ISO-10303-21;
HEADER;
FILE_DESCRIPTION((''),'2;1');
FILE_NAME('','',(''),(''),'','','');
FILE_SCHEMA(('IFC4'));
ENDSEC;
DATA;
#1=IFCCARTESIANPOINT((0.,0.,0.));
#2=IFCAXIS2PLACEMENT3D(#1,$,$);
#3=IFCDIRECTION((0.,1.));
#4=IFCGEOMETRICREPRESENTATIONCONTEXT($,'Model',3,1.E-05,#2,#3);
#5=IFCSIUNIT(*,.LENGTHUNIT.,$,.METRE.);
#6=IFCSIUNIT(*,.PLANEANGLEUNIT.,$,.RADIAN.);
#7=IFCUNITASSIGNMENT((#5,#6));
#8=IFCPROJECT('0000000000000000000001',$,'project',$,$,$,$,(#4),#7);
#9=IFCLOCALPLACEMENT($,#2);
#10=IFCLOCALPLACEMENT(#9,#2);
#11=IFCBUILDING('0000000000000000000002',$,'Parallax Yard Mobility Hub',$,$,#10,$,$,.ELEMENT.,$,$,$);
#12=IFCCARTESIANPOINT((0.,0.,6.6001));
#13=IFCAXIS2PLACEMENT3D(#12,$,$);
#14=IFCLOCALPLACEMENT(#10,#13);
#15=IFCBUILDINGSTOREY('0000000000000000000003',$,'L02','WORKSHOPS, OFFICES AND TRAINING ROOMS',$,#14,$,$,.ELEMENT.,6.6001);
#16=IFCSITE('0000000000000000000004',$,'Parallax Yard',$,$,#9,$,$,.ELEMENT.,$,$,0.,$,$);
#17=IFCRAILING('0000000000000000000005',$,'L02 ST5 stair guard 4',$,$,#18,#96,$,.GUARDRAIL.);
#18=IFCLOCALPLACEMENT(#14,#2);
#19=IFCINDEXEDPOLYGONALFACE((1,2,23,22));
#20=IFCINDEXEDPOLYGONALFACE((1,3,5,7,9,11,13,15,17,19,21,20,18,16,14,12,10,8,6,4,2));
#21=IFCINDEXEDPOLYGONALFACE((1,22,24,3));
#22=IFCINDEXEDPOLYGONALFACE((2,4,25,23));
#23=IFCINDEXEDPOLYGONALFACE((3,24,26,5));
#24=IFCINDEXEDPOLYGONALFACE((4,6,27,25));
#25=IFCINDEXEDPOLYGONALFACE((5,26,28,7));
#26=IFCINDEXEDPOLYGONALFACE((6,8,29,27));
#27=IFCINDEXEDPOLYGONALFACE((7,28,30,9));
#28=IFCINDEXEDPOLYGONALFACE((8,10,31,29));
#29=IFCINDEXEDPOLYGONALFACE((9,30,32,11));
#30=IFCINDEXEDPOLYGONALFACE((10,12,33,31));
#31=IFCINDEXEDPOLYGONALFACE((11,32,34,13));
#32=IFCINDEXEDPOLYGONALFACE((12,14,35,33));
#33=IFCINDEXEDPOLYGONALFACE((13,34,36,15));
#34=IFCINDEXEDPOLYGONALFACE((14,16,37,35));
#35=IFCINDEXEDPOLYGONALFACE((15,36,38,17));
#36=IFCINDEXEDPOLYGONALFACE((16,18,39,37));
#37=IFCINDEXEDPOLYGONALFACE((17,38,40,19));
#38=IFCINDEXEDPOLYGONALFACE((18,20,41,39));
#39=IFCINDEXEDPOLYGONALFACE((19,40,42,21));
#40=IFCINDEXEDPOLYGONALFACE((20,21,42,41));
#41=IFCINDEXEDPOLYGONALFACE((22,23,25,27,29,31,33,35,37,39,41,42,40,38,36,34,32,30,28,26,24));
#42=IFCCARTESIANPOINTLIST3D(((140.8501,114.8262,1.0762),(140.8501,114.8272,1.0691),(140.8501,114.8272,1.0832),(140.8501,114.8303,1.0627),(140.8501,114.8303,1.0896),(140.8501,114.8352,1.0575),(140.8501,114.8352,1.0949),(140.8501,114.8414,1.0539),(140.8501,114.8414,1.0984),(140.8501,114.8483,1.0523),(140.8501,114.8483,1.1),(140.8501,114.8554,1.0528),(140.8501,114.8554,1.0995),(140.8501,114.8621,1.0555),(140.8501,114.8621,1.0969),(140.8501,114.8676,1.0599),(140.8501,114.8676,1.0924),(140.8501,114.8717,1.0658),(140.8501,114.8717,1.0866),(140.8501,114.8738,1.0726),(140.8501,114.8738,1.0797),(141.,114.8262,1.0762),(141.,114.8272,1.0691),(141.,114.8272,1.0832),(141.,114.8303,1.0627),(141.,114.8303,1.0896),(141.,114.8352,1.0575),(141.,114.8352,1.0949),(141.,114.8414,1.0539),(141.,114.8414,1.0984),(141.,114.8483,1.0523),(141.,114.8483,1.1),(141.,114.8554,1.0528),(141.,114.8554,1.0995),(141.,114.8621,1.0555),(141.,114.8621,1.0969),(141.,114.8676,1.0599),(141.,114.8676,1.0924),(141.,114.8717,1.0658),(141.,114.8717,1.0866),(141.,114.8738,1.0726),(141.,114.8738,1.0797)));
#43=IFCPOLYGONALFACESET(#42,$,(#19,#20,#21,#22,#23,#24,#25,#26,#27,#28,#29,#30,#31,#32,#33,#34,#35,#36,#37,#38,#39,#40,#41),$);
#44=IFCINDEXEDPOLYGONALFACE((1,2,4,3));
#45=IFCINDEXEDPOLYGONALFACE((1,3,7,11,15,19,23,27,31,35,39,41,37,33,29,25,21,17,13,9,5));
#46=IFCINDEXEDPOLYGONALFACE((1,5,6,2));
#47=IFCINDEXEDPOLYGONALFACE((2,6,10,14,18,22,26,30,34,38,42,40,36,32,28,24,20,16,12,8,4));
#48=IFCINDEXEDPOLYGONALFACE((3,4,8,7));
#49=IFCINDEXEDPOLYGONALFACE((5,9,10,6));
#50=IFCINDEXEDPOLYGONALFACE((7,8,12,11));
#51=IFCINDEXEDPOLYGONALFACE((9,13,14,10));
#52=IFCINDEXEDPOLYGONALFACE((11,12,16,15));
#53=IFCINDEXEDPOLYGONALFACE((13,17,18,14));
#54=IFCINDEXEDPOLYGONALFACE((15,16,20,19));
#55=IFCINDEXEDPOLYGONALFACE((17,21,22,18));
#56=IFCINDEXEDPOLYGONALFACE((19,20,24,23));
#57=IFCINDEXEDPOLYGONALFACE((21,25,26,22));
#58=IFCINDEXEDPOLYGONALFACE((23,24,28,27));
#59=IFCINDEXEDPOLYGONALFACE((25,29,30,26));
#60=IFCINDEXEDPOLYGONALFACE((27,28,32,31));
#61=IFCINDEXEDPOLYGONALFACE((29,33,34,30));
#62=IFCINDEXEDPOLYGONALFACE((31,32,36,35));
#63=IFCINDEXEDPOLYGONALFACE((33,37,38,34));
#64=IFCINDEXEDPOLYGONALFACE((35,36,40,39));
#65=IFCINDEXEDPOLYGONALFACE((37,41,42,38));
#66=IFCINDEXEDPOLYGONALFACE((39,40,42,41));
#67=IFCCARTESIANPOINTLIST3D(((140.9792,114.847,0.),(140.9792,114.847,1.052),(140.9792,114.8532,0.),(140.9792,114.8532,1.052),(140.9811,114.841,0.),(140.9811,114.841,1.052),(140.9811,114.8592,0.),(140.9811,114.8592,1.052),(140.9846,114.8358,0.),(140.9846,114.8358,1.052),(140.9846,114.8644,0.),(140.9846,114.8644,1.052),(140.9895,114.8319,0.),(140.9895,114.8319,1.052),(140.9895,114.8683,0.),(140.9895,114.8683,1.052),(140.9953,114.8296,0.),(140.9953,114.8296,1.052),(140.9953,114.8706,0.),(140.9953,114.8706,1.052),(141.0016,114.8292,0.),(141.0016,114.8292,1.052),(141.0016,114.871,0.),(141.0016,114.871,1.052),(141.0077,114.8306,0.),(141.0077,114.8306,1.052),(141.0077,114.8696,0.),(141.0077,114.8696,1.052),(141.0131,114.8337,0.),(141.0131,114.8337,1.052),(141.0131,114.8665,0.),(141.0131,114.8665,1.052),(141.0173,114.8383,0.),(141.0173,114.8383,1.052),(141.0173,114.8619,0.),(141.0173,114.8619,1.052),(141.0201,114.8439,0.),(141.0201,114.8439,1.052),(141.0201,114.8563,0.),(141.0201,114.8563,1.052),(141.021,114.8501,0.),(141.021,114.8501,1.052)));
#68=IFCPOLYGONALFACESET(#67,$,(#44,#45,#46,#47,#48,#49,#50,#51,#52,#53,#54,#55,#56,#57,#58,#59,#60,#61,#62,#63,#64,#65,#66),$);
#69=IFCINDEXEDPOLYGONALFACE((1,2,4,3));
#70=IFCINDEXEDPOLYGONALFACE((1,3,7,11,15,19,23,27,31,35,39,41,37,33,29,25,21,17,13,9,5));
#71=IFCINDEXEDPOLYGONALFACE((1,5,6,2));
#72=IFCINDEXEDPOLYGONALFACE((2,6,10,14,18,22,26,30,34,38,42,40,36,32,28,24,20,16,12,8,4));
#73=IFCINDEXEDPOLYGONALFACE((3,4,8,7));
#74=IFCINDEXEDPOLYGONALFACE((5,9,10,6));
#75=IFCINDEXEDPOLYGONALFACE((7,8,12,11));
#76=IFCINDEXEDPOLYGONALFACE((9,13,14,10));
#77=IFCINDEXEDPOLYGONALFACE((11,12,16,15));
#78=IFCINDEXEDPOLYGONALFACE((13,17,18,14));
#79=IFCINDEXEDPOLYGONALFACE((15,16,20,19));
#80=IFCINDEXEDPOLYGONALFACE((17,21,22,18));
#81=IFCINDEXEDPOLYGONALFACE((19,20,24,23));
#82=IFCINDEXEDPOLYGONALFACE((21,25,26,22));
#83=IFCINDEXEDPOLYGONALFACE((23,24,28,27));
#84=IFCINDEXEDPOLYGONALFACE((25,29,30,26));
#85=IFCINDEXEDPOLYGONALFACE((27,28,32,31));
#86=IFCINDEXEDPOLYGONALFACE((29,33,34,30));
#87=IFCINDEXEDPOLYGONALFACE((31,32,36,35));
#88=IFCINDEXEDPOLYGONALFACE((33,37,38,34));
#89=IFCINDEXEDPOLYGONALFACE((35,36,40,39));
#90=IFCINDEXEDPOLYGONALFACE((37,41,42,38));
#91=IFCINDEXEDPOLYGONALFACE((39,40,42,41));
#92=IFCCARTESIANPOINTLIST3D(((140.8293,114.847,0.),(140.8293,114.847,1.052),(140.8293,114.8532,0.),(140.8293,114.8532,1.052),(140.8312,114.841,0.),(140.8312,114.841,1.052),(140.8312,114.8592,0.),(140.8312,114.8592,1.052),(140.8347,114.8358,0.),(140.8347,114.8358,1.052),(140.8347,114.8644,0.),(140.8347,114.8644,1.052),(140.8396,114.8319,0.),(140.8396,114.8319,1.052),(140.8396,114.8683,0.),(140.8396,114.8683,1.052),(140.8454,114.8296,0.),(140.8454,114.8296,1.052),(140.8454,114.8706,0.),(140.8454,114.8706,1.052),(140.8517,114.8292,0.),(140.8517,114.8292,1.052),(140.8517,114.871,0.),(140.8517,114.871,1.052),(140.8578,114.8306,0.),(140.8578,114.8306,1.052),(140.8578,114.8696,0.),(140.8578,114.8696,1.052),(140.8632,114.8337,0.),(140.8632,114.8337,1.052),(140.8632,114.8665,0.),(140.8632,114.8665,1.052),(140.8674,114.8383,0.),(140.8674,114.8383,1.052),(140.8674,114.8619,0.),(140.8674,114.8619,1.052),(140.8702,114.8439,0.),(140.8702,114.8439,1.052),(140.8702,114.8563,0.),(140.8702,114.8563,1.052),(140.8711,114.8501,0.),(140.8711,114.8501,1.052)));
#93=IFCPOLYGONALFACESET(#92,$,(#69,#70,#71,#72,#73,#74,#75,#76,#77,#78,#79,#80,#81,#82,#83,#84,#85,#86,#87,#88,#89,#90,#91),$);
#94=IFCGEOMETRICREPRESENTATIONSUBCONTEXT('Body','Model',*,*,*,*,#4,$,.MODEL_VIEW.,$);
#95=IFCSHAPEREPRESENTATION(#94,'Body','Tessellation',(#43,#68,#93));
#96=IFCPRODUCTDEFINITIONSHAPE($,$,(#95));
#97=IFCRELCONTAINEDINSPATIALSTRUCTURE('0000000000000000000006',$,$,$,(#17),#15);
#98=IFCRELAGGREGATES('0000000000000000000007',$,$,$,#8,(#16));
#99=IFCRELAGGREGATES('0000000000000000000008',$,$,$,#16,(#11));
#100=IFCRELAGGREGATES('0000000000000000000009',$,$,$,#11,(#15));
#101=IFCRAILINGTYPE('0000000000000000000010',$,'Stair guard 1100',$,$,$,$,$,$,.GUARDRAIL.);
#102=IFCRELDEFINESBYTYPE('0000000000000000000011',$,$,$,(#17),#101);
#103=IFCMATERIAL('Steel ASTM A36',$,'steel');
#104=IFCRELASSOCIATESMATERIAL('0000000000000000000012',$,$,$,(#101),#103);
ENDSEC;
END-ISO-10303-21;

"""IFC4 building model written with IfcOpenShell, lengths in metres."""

from ifc_helpers import new_model, si_unit, direction, frame, origin, origin_2d, place, context, subcontext, project, spatial, circle, extrude, material, type_object, element, save


model = new_model("IFC4")

# Units and contexts
model_context = context("Model", 3, precision=1e-05, world=origin(), true_north=direction((0.0, 1.0)))
body_context = subcontext(model_context, "Body", "Model", "MODEL_VIEW")
ifc_project = project(units=[si_unit("LENGTHUNIT", "METRE"), si_unit("PLANEANGLEUNIT", "RADIAN")], contexts=[model_context])

# Site, building, storey
site_placement = place(None, origin())
site = spatial("IfcSite", under=ifc_project, at=site_placement, Name="Parallax Yard", CompositionType="ELEMENT", RefElevation=0.0)
building_placement = place(site_placement, origin())
building = spatial("IfcBuilding", under=site, at=building_placement, Name="Parallax Yard Mobility Hub", CompositionType="ELEMENT")
storey_placement = place(building_placement, frame((0.0, 0.0, 6.6001)))
storey = spatial("IfcBuildingStorey", under=building, at=storey_placement, Name="L02", Description="WORKSHOPS, OFFICES AND TRAINING ROOMS", CompositionType="ELEMENT", Elevation=6.6001)

# Railing
ifc_material_1 = material(Name="Steel ASTM A36", Category="steel")
railing_type_1 = type_object("IfcRailingType", Name="Stair guard 1100", PredefinedType="GUARDRAIL", material=ifc_material_1)
railing_1_placement = place(storey_placement, frame((141.0, 114.8501, 0.0)))
element("IfcRailing", 1, at=railing_1_placement, inside=storey, type_object=railing_type_1, Name="L02 ST5 stair guard 4", PredefinedType="GUARDRAIL", context=body_context, shape_type="SweptSolid", body=[
    extrude(circle(Radius=0.0239, at=origin_2d()), frame((0.0, 0.0, 1.0762), z_axis=(-1.0, 0.0, 0.0), x_axis=(0.0, -1.0, 0.0)), (0.0, 0.0, 1.0), 0.1499),
    extrude(circle(Radius=0.021, at=origin_2d()), origin(), (0.0, 0.0, 1.0), 1.052),
    extrude(circle(Radius=0.021, at=origin_2d()), frame((-0.1499, 0.0, 0.0)), (0.0, 0.0, 1.0), 1.052),
])

save(model, "model.ifc")
